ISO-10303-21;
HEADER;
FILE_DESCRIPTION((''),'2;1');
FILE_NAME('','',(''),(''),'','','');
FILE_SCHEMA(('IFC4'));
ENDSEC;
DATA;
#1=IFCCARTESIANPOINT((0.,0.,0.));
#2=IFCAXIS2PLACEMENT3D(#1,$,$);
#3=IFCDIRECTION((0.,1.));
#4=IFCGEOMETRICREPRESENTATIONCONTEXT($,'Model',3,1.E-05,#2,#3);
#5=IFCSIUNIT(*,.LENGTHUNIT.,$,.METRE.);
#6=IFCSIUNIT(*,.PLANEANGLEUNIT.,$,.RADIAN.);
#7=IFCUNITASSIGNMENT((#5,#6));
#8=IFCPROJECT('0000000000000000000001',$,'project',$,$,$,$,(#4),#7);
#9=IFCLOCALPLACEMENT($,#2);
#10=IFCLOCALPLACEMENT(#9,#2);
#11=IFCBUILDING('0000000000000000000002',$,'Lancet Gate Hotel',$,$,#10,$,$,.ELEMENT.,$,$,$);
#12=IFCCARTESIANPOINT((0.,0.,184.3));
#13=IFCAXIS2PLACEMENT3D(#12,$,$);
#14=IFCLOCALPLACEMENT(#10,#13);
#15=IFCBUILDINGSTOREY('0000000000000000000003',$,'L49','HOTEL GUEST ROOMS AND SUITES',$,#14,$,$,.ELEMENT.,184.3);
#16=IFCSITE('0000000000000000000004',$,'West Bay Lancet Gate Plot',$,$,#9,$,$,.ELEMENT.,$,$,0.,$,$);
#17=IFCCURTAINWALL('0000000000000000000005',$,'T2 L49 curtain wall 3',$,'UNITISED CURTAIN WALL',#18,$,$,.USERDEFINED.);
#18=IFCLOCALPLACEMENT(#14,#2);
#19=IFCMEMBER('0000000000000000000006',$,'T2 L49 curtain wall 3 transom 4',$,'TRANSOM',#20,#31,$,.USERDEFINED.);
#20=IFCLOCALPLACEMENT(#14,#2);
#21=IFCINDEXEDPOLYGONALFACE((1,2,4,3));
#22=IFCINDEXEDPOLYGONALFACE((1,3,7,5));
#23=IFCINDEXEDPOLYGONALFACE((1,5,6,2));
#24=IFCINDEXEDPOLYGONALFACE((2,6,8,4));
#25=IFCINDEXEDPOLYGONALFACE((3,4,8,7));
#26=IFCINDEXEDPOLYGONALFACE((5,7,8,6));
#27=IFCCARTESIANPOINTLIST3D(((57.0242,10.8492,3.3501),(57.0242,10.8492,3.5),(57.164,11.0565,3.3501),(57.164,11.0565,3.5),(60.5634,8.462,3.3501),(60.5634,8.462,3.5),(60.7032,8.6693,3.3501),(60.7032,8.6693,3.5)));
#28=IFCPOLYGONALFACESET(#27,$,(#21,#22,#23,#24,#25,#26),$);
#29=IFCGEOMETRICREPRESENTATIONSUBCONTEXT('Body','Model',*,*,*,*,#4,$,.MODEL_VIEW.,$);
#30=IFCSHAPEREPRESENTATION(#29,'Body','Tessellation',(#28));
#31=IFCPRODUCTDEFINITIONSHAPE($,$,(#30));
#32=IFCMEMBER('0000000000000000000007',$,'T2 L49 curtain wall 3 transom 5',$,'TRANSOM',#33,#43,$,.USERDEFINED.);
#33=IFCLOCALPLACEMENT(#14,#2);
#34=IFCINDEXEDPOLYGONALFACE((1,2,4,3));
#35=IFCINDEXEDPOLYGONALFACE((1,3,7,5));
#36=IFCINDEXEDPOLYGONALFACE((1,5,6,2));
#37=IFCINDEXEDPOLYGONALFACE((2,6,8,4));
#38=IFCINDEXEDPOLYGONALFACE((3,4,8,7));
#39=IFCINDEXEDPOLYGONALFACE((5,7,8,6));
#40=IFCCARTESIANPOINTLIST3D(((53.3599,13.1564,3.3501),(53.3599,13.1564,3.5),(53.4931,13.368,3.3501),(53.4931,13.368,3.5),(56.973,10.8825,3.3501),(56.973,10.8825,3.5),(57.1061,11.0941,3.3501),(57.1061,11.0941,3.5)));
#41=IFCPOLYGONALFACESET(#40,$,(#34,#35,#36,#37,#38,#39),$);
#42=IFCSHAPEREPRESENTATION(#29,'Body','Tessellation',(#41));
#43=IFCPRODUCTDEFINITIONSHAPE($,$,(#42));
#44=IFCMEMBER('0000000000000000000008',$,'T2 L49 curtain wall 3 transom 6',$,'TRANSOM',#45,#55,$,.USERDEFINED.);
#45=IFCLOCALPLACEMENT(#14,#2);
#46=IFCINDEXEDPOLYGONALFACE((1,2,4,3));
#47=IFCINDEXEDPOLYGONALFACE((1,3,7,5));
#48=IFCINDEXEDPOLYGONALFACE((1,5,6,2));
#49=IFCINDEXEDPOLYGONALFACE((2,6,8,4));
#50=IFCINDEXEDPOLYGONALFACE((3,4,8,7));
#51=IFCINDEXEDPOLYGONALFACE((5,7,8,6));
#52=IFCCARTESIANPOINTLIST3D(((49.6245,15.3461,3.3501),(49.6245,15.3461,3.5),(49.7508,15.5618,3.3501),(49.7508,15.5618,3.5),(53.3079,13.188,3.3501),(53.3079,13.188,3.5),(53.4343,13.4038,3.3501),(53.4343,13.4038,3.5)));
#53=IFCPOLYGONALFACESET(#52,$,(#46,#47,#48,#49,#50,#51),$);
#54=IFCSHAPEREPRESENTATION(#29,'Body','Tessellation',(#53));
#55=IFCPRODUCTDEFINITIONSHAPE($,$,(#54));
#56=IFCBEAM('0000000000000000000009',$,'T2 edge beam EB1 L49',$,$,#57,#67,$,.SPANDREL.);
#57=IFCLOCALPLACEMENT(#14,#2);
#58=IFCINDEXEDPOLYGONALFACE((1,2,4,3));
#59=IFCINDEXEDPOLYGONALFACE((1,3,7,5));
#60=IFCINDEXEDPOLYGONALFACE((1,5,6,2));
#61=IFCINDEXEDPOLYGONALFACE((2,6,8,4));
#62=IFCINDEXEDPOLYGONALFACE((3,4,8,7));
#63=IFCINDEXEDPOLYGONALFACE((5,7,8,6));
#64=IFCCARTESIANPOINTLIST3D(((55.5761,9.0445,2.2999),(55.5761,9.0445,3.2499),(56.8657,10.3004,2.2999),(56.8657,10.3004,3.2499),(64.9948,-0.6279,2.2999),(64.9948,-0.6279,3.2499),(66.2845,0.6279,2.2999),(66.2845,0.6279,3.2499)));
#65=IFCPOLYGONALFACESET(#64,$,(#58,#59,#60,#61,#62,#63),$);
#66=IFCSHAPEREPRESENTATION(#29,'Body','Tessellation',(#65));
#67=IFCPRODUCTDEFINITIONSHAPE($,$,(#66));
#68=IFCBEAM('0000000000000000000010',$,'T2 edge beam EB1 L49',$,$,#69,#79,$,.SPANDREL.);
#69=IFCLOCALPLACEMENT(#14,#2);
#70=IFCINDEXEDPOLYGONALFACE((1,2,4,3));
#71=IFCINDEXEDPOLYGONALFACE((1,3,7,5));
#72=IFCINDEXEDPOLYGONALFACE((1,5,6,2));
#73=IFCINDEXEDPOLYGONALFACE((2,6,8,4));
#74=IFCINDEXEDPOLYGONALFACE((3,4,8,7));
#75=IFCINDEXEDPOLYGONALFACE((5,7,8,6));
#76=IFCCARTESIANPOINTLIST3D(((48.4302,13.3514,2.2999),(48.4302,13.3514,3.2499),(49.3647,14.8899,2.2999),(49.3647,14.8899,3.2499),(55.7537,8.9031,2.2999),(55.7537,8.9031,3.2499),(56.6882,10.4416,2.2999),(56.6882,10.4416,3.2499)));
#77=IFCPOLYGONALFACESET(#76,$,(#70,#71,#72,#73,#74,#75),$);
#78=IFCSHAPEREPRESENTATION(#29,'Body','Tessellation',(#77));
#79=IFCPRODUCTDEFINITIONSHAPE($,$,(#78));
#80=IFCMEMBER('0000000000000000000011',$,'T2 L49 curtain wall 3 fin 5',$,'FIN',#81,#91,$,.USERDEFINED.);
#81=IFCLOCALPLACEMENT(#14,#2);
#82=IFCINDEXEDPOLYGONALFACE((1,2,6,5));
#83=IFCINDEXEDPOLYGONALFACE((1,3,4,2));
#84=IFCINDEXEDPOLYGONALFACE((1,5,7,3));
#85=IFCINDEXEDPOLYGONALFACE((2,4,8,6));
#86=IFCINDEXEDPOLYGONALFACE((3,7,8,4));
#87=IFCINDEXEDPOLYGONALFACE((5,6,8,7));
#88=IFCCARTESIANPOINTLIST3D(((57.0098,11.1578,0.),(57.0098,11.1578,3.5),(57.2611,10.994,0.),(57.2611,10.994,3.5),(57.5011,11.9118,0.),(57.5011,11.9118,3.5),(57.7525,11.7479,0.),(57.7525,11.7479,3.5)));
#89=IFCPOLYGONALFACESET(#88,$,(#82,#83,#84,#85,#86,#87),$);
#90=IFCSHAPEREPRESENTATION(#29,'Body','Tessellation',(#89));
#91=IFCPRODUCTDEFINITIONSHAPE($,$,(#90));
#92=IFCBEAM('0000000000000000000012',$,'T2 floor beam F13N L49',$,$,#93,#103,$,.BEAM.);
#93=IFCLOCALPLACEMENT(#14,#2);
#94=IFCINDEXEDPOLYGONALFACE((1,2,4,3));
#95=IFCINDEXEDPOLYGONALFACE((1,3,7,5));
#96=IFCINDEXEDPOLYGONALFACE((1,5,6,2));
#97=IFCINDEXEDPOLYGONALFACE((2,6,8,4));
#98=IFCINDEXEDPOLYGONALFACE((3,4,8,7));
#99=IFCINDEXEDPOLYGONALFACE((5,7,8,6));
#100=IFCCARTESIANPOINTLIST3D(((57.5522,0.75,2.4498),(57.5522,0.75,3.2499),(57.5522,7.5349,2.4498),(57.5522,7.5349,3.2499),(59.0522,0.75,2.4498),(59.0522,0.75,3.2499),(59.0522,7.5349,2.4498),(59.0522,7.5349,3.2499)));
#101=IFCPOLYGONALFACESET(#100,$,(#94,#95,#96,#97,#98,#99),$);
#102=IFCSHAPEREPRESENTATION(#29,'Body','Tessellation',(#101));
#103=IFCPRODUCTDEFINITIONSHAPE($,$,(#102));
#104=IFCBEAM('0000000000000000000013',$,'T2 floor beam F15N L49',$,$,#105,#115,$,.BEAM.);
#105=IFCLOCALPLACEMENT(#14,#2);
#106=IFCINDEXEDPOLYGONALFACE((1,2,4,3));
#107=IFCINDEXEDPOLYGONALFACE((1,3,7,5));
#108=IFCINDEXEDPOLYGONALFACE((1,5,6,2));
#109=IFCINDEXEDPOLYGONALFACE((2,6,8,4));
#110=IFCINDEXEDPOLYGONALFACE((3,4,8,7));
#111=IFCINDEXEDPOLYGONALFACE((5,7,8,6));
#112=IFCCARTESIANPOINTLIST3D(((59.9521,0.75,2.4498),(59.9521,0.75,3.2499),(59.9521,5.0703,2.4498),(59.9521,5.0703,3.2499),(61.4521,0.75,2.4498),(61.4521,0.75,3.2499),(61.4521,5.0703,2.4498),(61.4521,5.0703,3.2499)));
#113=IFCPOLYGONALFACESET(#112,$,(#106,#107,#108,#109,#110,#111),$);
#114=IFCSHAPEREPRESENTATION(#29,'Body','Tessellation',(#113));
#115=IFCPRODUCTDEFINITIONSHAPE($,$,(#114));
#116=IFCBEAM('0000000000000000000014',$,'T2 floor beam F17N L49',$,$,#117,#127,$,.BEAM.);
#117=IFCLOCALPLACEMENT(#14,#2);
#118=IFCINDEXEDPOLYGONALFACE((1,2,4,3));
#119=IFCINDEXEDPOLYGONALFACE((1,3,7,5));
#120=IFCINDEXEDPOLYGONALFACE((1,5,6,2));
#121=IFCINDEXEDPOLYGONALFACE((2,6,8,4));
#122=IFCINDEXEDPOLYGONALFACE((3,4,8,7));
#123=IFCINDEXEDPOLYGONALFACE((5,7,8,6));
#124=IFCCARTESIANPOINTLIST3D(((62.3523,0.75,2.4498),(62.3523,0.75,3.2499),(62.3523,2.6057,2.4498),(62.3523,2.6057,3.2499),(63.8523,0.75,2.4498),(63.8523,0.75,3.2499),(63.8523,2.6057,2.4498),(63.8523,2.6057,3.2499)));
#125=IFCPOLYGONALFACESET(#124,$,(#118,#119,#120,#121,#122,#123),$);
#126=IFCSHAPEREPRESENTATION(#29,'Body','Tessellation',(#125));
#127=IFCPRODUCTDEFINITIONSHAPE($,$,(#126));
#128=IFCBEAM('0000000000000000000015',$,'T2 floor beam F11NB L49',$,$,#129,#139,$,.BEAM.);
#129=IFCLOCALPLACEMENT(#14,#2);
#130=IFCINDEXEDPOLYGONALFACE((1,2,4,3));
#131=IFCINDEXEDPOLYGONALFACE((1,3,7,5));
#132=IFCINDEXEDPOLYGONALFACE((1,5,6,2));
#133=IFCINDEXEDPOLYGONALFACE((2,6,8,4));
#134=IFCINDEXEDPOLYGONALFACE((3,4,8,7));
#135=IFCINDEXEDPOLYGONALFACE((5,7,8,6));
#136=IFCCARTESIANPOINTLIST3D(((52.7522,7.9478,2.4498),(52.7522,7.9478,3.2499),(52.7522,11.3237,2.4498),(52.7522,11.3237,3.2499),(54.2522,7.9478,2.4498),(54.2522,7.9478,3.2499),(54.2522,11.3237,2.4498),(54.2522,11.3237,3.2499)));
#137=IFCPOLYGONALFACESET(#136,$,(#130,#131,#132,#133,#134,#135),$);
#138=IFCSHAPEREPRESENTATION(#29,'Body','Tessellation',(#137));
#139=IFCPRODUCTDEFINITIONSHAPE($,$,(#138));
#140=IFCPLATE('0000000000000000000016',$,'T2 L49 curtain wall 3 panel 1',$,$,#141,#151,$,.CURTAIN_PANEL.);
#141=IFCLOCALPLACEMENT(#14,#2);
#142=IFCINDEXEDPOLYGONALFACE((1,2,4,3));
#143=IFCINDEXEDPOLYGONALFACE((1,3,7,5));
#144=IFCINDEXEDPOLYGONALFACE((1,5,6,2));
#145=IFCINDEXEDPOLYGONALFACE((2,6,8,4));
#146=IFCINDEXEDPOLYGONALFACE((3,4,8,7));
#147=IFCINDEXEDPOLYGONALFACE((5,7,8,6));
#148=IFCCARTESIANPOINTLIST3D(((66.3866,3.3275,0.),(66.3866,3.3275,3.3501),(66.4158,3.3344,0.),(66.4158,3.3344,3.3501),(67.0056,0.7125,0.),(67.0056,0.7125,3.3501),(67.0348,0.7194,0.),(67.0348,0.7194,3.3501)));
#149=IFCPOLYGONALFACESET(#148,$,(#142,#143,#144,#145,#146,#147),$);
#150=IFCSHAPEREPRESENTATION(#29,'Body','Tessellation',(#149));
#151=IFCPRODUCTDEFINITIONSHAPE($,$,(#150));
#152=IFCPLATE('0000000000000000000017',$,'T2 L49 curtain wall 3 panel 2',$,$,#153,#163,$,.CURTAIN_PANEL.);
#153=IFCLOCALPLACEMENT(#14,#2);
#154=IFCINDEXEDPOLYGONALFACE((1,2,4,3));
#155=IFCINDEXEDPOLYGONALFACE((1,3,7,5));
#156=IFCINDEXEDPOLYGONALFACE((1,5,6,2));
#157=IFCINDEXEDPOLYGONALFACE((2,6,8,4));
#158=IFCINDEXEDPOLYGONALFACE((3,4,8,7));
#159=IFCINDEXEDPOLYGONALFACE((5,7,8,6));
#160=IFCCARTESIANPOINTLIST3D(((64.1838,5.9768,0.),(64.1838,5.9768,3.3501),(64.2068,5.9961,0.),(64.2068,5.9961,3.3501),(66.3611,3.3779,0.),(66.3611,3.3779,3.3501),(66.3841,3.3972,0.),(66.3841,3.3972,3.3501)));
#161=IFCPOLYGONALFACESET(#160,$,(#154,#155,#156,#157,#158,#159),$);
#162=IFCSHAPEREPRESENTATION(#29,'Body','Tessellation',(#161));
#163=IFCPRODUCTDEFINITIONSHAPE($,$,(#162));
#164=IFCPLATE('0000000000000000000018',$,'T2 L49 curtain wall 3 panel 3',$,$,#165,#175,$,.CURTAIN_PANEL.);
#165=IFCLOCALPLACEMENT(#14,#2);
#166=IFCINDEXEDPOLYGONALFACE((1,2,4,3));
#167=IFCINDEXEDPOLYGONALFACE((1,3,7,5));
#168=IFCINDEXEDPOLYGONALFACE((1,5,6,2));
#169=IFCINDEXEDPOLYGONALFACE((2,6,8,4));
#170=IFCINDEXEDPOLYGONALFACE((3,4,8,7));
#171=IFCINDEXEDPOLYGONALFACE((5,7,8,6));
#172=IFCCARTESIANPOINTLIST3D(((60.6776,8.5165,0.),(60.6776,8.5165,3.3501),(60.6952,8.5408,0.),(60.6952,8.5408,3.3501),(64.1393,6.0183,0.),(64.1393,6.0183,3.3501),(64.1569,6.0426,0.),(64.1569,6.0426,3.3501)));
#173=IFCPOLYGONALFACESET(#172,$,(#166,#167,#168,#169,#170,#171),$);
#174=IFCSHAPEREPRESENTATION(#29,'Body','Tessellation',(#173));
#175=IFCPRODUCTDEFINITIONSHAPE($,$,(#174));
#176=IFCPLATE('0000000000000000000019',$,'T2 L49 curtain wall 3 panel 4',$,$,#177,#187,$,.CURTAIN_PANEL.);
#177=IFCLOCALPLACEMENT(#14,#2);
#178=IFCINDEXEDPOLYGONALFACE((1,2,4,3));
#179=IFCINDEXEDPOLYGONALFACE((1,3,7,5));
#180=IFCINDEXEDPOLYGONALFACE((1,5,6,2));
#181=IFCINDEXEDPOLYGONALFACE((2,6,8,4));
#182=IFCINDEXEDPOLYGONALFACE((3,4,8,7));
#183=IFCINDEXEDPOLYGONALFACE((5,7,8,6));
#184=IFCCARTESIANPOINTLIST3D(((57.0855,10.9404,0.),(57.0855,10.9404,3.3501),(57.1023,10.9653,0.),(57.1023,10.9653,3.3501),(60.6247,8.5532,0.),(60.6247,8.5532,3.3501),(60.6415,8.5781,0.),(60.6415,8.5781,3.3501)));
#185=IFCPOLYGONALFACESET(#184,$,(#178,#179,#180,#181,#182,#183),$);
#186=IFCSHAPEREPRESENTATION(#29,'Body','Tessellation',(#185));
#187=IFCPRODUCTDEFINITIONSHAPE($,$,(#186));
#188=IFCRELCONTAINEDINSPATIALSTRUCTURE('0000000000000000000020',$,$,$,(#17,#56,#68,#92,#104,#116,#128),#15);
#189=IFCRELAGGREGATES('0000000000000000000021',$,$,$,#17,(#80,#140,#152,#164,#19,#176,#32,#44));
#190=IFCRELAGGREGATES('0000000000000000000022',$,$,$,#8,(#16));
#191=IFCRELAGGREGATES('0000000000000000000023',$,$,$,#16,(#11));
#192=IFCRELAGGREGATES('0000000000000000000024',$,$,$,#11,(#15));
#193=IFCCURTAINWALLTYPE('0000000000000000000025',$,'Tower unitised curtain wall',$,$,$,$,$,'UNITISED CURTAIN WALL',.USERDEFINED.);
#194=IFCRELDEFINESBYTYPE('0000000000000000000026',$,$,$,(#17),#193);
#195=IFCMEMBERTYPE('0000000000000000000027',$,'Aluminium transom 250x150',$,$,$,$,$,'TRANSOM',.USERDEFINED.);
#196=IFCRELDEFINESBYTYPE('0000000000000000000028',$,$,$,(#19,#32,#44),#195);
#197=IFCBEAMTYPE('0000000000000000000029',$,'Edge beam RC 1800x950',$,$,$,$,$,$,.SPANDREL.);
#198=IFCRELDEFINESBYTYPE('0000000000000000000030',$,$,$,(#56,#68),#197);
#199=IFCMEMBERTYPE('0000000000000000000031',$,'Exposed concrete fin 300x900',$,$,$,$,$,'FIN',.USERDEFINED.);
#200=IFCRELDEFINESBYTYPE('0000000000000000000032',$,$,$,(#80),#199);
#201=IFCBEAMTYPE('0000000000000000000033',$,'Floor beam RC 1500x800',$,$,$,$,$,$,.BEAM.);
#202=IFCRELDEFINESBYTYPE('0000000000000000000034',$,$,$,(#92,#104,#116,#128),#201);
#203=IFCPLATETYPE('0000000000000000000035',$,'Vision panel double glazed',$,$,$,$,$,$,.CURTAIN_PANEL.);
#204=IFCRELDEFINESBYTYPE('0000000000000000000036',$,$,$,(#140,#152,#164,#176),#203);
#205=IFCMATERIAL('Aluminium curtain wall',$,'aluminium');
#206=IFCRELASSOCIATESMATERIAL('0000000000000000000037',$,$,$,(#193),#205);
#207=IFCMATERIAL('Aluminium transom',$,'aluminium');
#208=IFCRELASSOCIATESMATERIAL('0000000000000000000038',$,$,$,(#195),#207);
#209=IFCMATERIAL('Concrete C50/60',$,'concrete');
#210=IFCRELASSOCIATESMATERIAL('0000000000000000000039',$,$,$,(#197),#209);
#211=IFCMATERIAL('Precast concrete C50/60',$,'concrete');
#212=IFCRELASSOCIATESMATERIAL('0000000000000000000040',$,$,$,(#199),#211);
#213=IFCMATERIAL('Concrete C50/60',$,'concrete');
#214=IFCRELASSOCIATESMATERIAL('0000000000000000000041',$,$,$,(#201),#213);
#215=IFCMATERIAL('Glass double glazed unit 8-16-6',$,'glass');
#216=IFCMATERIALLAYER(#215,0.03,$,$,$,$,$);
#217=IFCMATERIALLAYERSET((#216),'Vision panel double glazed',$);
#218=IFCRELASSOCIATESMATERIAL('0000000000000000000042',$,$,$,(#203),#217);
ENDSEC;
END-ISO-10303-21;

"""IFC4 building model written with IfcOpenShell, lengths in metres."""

from ifc_helpers import new_model, si_unit, direction, frame, origin, origin_2d, place, context, subcontext, project, spatial, rectangle, extrude, material, layer, layer_set, material_profile, profile_set, type_object, element, aggregate, save


model = new_model("IFC4")

# Units and contexts
model_context = context("Model", 3, precision=1e-05, world=origin(), true_north=direction((0.0, 1.0)))
body_context = subcontext(model_context, "Body", "Model", "MODEL_VIEW")
ifc_project = project(units=[si_unit("LENGTHUNIT", "METRE"), si_unit("PLANEANGLEUNIT", "RADIAN")], contexts=[model_context])

# Site, building, storey
site_placement = place(None, origin())
site = spatial("IfcSite", under=ifc_project, at=site_placement, Name="West Bay Lancet Gate Plot", CompositionType="ELEMENT", RefElevation=0.0)
building_placement = place(site_placement, origin())
building = spatial("IfcBuilding", under=site, at=building_placement, Name="Lancet Gate Hotel", CompositionType="ELEMENT")
storey_placement = place(building_placement, frame((0.0, 0.0, 184.3)))
storey = spatial("IfcBuildingStorey", under=building, at=storey_placement, Name="L49", Description="HOTEL GUEST ROOMS AND SUITES", CompositionType="ELEMENT", Elevation=184.3)

# Curtain wall, members
ifc_material_1 = material(Name="Aluminium curtain wall", Category="aluminium")
curtain_wall_type = type_object("IfcCurtainWallType", Name="Tower unitised curtain wall", ElementType="UNITISED CURTAIN WALL", PredefinedType="USERDEFINED", material=ifc_material_1)
curtain_wall_placement = place(storey_placement, origin())
curtain_wall = element("IfcCurtainWall", 1, at=curtain_wall_placement, inside=storey, type_object=curtain_wall_type, Name="T2 L49 curtain wall 3", ObjectType="UNITISED CURTAIN WALL", PredefinedType="USERDEFINED")
ifc_material_2 = material(Name="Aluminium transom", Category="aluminium")
ifc_material_profile_1 = material_profile(ifc_material_2, rectangle(XDim=0.25, YDim=0.1499, at=origin_2d()), Name="TRANSOM 250x150")
ifc_profile_set_1 = profile_set([ifc_material_profile_1], Name="Aluminium transom")
member_type_1 = type_object("IfcMemberType", Name="Aluminium transom 250x150", ElementType="TRANSOM", PredefinedType="USERDEFINED", material=ifc_profile_set_1)
member_1_placement = place(storey_placement, frame((60.6333, 8.5657, 3.425), z_axis=(-0.829047, 0.559179, 0.0), x_axis=(-0.559179, -0.829047, 0.0)))
member_1 = element("IfcMember", 2, at=member_1_placement, type_object=member_type_1, Name="T2 L49 curtain wall 3 transom 4", ObjectType="TRANSOM", PredefinedType="USERDEFINED", context=body_context, shape_type="SweptSolid", body=[
    extrude(rectangle(XDim=0.25, YDim=0.1499, at=origin_2d()), origin(), (0.0, 0.0, 1.0), 4.269),
])
member_2_placement = place(storey_placement, frame((57.0396, 10.9883, 3.425), z_axis=(-0.846333, 0.532654, 0.0), x_axis=(-0.532654, -0.846333, 0.0)))
member_2 = element("IfcMember", 3, at=member_2_placement, type_object=member_type_1, Name="T2 L49 curtain wall 3 transom 5", ObjectType="TRANSOM", PredefinedType="USERDEFINED", context=body_context, shape_type="SweptSolid", body=[
    extrude(rectangle(XDim=0.25, YDim=0.1499, at=origin_2d()), origin(), (0.0, 0.0, 1.0), 4.269),
])
member_3_placement = place(storey_placement, frame((53.3711, 13.2959, 3.425), z_axis=(-0.862825, 0.505502, 0.0), x_axis=(-0.505502, -0.862825, 0.0)))
member_3 = element("IfcMember", 4, at=member_3_placement, type_object=member_type_1, Name="T2 L49 curtain wall 3 transom 6", ObjectType="TRANSOM", PredefinedType="USERDEFINED", context=body_context, shape_type="SweptSolid", body=[
    extrude(rectangle(XDim=0.25, YDim=0.1499, at=origin_2d()), origin(), (0.0, 0.0, 1.0), 4.269),
])

# Beams
ifc_material_3 = material(Name="Concrete C50/60", Category="concrete")
ifc_material_profile_2 = material_profile(ifc_material_3, rectangle(XDim=1.8, YDim=0.95, at=origin_2d()), Name="RC 1800x950")
ifc_profile_set_2 = profile_set([ifc_material_profile_2], Name="Concrete C50/60")
beam_type_1 = type_object("IfcBeamType", Name="Edge beam RC 1800x950", PredefinedType="SPANDREL", material=ifc_profile_set_2)
beam_1_placement = place(storey_placement, frame((65.6396, 0.0, 2.7749), z_axis=(-0.69765, 0.716439, 0.0), x_axis=(-0.716439, -0.69765, 0.0)))
element("IfcBeam", 5, at=beam_1_placement, inside=storey, type_object=beam_type_1, Name="T2 edge beam EB1 L49", PredefinedType="SPANDREL", context=body_context, shape_type="SweptSolid", body=[
    extrude(rectangle(XDim=1.8, YDim=0.95, at=origin_2d()), origin(), (0.0, 0.0, 1.0), 13.5007),
])
beam_2_placement = place(storey_placement, frame((56.2209, 9.6724, 2.7749), z_axis=(-0.854692, 0.519135, 0.0), x_axis=(-0.519135, -0.854692, 0.0)))
element("IfcBeam", 6, at=beam_2_placement, inside=storey, type_object=beam_type_1, Name="T2 edge beam EB1 L49", PredefinedType="SPANDREL", context=body_context, shape_type="SweptSolid", body=[
    extrude(rectangle(XDim=1.8, YDim=0.95, at=origin_2d()), origin(), (0.0, 0.0, 1.0), 8.5686),
])

# Member
ifc_material_4 = material(Name="Precast concrete C50/60", Category="concrete")
ifc_material_profile_3 = material_profile(ifc_material_4, rectangle(XDim=0.3, YDim=0.8999, at=origin_2d()), Name="FIN 300x900")
ifc_profile_set_3 = profile_set([ifc_material_profile_3], Name="Precast concrete C50/60")
member_type_2 = type_object("IfcMemberType", Name="Exposed concrete fin 300x900", ElementType="FIN", PredefinedType="USERDEFINED", material=ifc_profile_set_3)
member_4_placement = place(storey_placement, frame((57.3811, 11.4529, 0.0), z_axis=(0.0, 0.0, 1.0), x_axis=(-0.837801, 0.545976, 0.0)))
member_4 = element("IfcMember", 7, at=member_4_placement, type_object=member_type_2, Name="T2 L49 curtain wall 3 fin 5", ObjectType="FIN", PredefinedType="USERDEFINED", context=body_context, shape_type="SweptSolid", body=[
    extrude(rectangle(XDim=0.3, YDim=0.8999, at=origin_2d()), origin(), (0.0, 0.0, 1.0), 3.5),
])

# Beams
ifc_material_5 = material(Name="Concrete C50/60", Category="concrete")
ifc_material_profile_4 = material_profile(ifc_material_5, rectangle(XDim=1.5, YDim=0.8, at=origin_2d()), Name="RC 1500x800")
ifc_profile_set_4 = profile_set([ifc_material_profile_4], Name="Concrete C50/60")
beam_type_2 = type_object("IfcBeamType", Name="Floor beam RC 1500x800", PredefinedType="BEAM", material=ifc_profile_set_4)
beam_3_placement = place(storey_placement, frame((58.3022, 0.75, 2.8499), z_axis=(0.0, 1.0, 0.0), x_axis=(-1.0, 0.0, 0.0)))
element("IfcBeam", 8, at=beam_3_placement, inside=storey, type_object=beam_type_2, Name="T2 floor beam F13N L49", PredefinedType="BEAM", context=body_context, shape_type="SweptSolid", body=[
    extrude(rectangle(XDim=1.5, YDim=0.8, at=origin_2d()), origin(), (0.0, 0.0, 1.0), 6.7849),
])
beam_4_placement = place(storey_placement, frame((60.7021, 0.75, 2.8499), z_axis=(0.0, 1.0, 0.0), x_axis=(-1.0, 0.0, 0.0)))
element("IfcBeam", 9, at=beam_4_placement, inside=storey, type_object=beam_type_2, Name="T2 floor beam F15N L49", PredefinedType="BEAM", context=body_context, shape_type="SweptSolid", body=[
    extrude(rectangle(XDim=1.5, YDim=0.8, at=origin_2d()), origin(), (0.0, 0.0, 1.0), 4.3203),
])
beam_5_placement = place(storey_placement, frame((63.1023, 0.75, 2.8499), z_axis=(0.0, 1.0, 0.0), x_axis=(-1.0, 0.0, 0.0)))
element("IfcBeam", 10, at=beam_5_placement, inside=storey, type_object=beam_type_2, Name="T2 floor beam F17N L49", PredefinedType="BEAM", context=body_context, shape_type="SweptSolid", body=[
    extrude(rectangle(XDim=1.5, YDim=0.8, at=origin_2d()), origin(), (0.0, 0.0, 1.0), 1.8557),
])
beam_6_placement = place(storey_placement, frame((53.5022, 7.9478, 2.8499), z_axis=(0.0, 1.0, 0.0), x_axis=(-1.0, 0.0, 0.0)))
element("IfcBeam", 11, at=beam_6_placement, inside=storey, type_object=beam_type_2, Name="T2 floor beam F11NB L49", PredefinedType="BEAM", context=body_context, shape_type="SweptSolid", body=[
    extrude(rectangle(XDim=1.5, YDim=0.8, at=origin_2d()), origin(), (0.0, 0.0, 1.0), 3.376),
])

# Plates
ifc_material_6 = material(Name="Glass double glazed unit 8-16-6", Category="glass")
ifc_layer_1 = layer(ifc_material_6, 0.03)
ifc_layer_set_1 = layer_set([ifc_layer_1], Name="Vision panel double glazed")
plate_type = type_object("IfcPlateType", Name="Vision panel double glazed", PredefinedType="CURTAIN_PANEL", material=ifc_layer_set_1)
plate_1_placement = place(storey_placement, frame((66.7107, 2.0234, 0.0), z_axis=(0.0, 0.0, 1.0), x_axis=(-0.230367, 0.973104, 0.0)))
plate_1 = element("IfcPlate", 12, at=plate_1_placement, type_object=plate_type, Name="T2 L49 curtain wall 3 panel 1", PredefinedType="CURTAIN_PANEL", context=body_context, shape_type="SweptSolid", body=[
    extrude(rectangle(XDim=2.6873, YDim=0.03, at=origin_2d()), origin(), (0.0, 0.0, 1.0), 3.3501),
])
plate_2_placement = place(storey_placement, frame((65.2839, 4.687, 0.0), z_axis=(0.0, 0.0, 1.0), x_axis=(-0.642199, 0.766538, 0.0)))
plate_2 = element("IfcPlate", 13, at=plate_2_placement, type_object=plate_type, Name="T2 L49 curtain wall 3 panel 2", PredefinedType="CURTAIN_PANEL", context=body_context, shape_type="SweptSolid", body=[
    extrude(rectangle(XDim=3.3904, YDim=0.03, at=origin_2d()), origin(), (0.0, 0.0, 1.0), 3.3501),
])
plate_3_placement = place(storey_placement, frame((62.4172, 7.2795, 0.0), z_axis=(0.0, 0.0, 1.0), x_axis=(-0.810891, 0.585197, 0.0)))
plate_3 = element("IfcPlate", 14, at=plate_3_placement, type_object=plate_type, Name="T2 L49 curtain wall 3 panel 3", PredefinedType="CURTAIN_PANEL", context=body_context, shape_type="SweptSolid", body=[
    extrude(rectangle(XDim=4.269, YDim=0.03, at=origin_2d()), origin(), (0.0, 0.0, 1.0), 3.3501),
])
plate_4_placement = place(storey_placement, frame((58.8635, 9.7593, 0.0), z_axis=(0.0, 0.0, 1.0), x_axis=(-0.829039, 0.559191, 0.0)))
plate_4 = element("IfcPlate", 15, at=plate_4_placement, type_object=plate_type, Name="T2 L49 curtain wall 3 panel 4", PredefinedType="CURTAIN_PANEL", context=body_context, shape_type="SweptSolid", body=[
    extrude(rectangle(XDim=4.269, YDim=0.03, at=origin_2d()), origin(), (0.0, 0.0, 1.0), 3.3501),
])
aggregate(curtain_wall, [member_4, plate_1, plate_2, plate_3, member_1, plate_4, member_2, member_3])

save(model, "model.ifc")
